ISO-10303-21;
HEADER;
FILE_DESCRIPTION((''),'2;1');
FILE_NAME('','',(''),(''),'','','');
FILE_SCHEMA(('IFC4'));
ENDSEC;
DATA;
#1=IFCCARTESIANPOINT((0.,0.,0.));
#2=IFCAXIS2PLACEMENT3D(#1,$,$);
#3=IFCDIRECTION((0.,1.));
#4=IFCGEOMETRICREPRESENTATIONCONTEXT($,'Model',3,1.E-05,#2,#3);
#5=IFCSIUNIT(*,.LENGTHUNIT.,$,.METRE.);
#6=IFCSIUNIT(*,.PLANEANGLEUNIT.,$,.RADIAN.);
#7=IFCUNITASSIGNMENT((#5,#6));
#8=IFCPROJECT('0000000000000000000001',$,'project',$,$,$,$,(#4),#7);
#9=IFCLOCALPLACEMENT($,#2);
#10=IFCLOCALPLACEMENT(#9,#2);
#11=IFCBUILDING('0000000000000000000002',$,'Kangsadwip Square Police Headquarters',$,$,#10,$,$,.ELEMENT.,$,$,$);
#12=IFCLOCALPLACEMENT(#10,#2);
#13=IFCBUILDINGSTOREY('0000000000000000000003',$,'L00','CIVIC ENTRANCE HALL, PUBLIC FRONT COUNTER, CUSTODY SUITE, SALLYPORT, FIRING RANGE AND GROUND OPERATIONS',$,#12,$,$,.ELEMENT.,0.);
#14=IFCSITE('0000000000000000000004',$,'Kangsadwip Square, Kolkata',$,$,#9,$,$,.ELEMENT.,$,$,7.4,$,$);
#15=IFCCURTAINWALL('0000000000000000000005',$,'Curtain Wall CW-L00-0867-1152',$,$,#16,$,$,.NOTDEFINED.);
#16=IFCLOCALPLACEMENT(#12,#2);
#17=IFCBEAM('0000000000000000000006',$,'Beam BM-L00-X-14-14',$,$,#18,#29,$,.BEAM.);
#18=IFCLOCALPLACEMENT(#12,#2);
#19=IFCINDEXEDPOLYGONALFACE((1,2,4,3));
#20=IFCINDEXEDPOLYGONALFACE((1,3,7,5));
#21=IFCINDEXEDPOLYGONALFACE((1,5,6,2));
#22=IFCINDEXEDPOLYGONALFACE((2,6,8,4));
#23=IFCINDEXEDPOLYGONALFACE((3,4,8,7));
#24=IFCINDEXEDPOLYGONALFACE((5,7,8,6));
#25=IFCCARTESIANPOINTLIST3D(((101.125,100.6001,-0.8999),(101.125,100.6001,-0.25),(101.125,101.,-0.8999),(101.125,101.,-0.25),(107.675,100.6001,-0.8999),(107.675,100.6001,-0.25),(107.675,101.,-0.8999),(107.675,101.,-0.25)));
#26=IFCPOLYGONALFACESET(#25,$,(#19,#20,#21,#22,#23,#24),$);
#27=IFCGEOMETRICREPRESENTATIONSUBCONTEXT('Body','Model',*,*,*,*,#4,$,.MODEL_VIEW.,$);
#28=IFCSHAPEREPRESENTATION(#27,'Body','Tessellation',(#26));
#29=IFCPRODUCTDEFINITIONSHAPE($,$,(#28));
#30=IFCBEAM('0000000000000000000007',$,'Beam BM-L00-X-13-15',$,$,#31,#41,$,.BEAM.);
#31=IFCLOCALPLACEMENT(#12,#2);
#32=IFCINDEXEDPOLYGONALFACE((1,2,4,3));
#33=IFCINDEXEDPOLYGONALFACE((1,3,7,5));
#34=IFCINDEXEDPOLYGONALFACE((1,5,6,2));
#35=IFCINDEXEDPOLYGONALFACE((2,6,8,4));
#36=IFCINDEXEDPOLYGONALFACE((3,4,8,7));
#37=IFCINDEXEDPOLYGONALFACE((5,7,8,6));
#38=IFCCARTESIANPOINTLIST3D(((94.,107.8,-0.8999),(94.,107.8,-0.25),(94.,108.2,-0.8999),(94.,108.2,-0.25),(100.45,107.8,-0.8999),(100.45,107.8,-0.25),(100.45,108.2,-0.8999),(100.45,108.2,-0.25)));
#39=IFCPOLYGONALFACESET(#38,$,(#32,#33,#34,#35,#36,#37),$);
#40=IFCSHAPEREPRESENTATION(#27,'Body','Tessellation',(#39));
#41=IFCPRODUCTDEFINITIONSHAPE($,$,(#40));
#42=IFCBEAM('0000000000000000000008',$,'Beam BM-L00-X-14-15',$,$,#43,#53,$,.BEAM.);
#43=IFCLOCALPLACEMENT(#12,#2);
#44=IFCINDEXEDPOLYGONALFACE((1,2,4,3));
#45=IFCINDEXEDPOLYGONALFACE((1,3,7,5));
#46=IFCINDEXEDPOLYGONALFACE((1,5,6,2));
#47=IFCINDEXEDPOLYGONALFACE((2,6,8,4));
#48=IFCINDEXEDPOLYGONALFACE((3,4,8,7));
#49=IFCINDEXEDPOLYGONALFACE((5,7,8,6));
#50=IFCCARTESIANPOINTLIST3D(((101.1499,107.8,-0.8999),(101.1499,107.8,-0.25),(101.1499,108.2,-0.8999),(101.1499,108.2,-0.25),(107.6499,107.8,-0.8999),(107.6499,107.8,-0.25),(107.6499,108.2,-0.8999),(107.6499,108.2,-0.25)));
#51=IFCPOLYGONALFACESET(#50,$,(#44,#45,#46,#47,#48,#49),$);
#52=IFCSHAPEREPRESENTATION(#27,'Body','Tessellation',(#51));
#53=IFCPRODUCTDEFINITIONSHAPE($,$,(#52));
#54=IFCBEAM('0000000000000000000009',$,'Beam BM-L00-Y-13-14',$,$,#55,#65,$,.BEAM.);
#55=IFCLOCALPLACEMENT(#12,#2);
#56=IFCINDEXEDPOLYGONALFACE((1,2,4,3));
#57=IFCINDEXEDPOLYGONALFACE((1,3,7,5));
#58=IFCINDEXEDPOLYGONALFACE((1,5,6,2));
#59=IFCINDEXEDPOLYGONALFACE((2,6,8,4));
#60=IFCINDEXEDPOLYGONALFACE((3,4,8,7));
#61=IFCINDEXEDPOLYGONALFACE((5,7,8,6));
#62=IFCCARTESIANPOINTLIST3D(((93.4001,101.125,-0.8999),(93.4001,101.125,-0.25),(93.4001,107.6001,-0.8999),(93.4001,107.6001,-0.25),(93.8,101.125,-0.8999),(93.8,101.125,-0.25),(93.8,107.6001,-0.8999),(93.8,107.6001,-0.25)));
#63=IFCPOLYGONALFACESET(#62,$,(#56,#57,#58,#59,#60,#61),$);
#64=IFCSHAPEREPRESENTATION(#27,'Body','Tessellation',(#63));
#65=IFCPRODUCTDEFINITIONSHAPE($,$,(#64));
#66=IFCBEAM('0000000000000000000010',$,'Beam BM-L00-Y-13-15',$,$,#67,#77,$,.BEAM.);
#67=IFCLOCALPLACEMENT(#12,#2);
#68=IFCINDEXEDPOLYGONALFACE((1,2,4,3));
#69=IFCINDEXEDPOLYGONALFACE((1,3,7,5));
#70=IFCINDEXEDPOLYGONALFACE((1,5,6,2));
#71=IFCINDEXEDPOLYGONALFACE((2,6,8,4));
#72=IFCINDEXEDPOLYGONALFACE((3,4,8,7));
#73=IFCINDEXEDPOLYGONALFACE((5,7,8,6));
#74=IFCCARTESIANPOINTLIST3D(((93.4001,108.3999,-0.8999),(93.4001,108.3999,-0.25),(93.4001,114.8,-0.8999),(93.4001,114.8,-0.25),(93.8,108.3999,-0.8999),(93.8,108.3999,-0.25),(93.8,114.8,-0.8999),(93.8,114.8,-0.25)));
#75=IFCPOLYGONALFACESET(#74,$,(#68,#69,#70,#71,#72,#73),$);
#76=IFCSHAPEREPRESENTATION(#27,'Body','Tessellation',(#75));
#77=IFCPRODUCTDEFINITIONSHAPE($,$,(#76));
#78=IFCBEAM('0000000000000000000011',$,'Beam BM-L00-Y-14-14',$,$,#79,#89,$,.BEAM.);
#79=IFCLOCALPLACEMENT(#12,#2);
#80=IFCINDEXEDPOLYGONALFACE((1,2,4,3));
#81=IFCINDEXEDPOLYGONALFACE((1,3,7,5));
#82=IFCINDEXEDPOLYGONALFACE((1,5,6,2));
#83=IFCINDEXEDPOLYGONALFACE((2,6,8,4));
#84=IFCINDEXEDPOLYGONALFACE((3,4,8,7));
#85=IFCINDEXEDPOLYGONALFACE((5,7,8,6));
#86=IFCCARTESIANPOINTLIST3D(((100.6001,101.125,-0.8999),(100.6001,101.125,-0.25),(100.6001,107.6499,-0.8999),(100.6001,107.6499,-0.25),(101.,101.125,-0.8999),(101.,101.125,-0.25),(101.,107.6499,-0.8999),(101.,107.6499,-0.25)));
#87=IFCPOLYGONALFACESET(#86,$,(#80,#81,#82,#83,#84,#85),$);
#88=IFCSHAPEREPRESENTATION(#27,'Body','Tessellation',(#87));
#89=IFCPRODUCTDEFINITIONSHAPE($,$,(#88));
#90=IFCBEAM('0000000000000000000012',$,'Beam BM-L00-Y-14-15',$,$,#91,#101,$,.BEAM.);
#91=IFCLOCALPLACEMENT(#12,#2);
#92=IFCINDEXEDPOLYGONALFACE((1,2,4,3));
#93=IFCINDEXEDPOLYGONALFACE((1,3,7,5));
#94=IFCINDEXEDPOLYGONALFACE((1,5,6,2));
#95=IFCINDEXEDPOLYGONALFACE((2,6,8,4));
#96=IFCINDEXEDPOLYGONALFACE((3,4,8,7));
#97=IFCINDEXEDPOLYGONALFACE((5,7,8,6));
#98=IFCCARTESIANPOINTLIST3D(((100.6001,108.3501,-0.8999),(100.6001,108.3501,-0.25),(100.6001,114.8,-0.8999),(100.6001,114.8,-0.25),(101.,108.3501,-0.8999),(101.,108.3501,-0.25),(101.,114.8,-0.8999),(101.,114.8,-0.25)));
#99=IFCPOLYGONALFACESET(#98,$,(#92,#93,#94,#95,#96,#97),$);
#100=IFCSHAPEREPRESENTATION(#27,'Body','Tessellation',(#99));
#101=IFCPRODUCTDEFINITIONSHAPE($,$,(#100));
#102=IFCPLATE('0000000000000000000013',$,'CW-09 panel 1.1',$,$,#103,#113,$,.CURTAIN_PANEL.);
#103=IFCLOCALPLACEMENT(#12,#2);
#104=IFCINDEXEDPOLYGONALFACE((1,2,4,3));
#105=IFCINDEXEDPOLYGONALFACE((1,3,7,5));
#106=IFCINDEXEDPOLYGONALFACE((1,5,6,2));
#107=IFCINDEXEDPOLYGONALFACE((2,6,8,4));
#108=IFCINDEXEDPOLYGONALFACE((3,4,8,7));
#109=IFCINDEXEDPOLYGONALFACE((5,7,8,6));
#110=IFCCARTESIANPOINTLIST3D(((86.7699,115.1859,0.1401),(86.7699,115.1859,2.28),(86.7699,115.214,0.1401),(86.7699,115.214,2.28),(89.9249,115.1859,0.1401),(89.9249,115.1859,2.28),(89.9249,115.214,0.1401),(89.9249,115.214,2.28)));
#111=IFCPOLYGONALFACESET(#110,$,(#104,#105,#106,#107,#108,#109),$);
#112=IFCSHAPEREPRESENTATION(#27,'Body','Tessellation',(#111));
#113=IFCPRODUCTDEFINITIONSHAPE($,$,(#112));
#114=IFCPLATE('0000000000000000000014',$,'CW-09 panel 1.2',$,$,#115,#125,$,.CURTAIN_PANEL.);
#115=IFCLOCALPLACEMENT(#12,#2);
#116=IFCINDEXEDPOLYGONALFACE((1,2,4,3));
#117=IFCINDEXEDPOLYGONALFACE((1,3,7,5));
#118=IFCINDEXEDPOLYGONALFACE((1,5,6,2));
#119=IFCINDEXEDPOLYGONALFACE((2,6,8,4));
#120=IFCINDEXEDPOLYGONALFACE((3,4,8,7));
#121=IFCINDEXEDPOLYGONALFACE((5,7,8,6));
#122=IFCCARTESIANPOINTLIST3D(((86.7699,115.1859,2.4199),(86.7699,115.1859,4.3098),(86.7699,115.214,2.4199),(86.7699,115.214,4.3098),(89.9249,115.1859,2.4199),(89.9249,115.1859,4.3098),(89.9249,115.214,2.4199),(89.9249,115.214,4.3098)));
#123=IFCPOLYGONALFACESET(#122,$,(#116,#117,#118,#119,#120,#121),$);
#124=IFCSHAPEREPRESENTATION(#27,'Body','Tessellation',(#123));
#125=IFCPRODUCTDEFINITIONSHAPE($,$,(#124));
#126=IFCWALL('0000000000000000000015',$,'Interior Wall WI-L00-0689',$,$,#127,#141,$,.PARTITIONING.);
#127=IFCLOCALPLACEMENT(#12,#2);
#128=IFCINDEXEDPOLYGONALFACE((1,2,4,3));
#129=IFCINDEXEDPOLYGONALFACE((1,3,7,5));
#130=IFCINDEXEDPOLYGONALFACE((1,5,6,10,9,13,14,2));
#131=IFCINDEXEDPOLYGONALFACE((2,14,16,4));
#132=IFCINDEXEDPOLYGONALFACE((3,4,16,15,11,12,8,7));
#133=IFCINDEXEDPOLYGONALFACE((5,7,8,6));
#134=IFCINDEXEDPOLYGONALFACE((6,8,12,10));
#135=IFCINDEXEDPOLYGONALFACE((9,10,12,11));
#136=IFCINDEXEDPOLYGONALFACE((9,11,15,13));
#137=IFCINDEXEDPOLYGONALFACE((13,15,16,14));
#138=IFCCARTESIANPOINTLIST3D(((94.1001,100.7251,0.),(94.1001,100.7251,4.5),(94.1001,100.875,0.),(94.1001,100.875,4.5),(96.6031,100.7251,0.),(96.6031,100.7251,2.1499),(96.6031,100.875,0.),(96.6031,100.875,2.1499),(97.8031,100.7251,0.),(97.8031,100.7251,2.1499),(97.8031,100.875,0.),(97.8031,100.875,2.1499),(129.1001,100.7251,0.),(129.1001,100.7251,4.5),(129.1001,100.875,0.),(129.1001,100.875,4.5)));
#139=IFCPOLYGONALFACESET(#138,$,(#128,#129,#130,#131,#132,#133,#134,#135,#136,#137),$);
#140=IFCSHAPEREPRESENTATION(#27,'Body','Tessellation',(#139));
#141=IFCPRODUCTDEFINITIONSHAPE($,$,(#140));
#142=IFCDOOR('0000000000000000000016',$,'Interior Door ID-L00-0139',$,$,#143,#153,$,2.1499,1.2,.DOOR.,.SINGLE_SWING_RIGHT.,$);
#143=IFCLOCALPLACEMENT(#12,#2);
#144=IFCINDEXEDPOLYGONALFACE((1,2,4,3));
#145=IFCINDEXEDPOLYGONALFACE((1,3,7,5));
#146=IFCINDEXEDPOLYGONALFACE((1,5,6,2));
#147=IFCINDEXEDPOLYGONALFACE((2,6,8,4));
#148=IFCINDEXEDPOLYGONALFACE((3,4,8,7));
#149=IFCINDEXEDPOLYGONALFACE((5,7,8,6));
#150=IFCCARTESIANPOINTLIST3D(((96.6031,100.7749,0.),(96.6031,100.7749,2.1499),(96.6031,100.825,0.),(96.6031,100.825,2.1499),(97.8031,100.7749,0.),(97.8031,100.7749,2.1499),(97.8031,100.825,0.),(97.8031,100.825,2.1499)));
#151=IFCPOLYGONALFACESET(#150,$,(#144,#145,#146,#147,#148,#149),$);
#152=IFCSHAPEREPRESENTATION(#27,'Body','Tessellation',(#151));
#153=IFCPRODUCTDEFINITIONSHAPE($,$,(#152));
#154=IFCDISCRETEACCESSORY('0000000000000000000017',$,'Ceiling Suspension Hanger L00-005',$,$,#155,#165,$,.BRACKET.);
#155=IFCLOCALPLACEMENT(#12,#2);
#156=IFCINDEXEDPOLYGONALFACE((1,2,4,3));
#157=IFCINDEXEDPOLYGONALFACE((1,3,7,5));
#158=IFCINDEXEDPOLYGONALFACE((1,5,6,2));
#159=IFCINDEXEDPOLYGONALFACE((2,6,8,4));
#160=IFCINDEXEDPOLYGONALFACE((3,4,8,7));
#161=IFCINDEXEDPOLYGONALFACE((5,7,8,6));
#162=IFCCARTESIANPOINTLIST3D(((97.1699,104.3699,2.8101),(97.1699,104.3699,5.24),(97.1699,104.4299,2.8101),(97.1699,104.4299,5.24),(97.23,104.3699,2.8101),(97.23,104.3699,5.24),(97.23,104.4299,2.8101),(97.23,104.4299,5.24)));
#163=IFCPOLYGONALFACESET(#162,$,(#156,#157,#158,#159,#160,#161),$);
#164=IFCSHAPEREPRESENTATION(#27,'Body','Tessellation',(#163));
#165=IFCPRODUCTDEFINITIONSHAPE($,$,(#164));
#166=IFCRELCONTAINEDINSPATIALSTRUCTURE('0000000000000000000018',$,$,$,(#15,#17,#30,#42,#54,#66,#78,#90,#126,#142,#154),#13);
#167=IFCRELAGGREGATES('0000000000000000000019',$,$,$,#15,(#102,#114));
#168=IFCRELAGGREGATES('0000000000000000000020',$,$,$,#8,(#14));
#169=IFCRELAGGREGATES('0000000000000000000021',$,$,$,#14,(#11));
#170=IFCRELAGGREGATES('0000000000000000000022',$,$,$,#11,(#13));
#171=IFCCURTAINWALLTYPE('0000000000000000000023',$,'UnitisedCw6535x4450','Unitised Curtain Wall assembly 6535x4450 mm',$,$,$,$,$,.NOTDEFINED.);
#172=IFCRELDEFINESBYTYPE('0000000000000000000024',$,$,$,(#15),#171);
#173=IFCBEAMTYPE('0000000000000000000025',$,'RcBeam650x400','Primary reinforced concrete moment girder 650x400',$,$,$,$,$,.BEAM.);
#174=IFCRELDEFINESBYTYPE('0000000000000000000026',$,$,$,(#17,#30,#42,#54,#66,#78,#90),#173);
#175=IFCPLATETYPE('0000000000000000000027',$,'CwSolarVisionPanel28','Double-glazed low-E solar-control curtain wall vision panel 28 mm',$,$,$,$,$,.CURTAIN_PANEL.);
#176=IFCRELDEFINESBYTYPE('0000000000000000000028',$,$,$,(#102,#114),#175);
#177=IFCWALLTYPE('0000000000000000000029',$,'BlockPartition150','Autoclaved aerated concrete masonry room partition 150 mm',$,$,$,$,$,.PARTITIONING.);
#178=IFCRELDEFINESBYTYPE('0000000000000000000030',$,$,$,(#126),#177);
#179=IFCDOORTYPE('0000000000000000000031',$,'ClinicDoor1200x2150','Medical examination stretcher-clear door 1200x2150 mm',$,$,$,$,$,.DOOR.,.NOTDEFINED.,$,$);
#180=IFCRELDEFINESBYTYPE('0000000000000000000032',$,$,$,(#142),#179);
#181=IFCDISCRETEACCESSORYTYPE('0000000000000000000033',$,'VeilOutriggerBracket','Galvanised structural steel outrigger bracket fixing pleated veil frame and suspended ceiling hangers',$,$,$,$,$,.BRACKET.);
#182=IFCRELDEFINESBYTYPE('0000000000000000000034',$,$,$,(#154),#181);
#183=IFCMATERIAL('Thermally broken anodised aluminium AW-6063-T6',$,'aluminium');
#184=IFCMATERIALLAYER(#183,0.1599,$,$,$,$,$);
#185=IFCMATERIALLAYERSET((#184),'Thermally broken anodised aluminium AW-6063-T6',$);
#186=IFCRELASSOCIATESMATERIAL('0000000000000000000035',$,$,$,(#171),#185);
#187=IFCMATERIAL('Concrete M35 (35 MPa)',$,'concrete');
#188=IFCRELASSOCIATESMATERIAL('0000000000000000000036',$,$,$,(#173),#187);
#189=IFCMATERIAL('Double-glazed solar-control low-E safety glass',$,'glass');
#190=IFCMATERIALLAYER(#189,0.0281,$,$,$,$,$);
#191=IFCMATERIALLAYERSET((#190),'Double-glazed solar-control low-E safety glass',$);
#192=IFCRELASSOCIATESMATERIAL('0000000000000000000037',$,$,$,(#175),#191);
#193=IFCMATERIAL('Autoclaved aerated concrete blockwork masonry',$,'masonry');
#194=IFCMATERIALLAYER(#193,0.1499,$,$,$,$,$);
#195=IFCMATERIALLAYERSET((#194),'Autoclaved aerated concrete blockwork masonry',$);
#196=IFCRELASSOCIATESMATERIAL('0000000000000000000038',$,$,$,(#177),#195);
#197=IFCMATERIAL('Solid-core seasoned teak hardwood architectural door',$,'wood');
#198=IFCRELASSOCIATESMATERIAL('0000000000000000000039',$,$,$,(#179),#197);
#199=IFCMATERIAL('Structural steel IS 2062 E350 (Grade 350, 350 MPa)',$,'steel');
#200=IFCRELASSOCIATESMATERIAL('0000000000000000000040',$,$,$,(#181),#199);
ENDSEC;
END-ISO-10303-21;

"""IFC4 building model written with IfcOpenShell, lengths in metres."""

from ifc_helpers import new_model, si_unit, direction, frame, frame_2d, origin, origin_2d, place, context, subcontext, project, spatial, rectangle, extrude, material, layer, layer_set, material_profile, profile_set, type_object, element, fill, aggregate, save


model = new_model("IFC4")

# Units and contexts
model_context = context("Model", 3, precision=1e-05, world=origin(), true_north=direction((0.0, 1.0)))
body_context = subcontext(model_context, "Body", "Model", "MODEL_VIEW")
ifc_project = project(units=[si_unit("LENGTHUNIT", "METRE"), si_unit("PLANEANGLEUNIT", "RADIAN")], contexts=[model_context])

# Site, building, storey
site_placement = place(None, origin())
site = spatial("IfcSite", under=ifc_project, at=site_placement, Name="Kangsadwip Square, Kolkata", CompositionType="ELEMENT", RefElevation=7.4)
building_placement = place(site_placement, origin())
building = spatial("IfcBuilding", under=site, at=building_placement, Name="Kangsadwip Square Police Headquarters", CompositionType="ELEMENT")
storey_placement = place(building_placement, origin())
storey = spatial("IfcBuildingStorey", under=building, at=storey_placement, Name="L00", Description="CIVIC ENTRANCE HALL, PUBLIC FRONT COUNTER, CUSTODY SUITE, SALLYPORT, FIRING RANGE AND GROUND OPERATIONS", CompositionType="ELEMENT", Elevation=0.0)

# Curtain wall
ifc_material_1 = material(Name="Thermally broken anodised aluminium AW-6063-T6", Category="aluminium")
ifc_layer_1 = layer(ifc_material_1, 0.1599)
ifc_layer_set_1 = layer_set([ifc_layer_1], Name="Thermally broken anodised aluminium AW-6063-T6")
curtain_wall_type = type_object("IfcCurtainWallType", Name="UnitisedCw6535x4450", Description="Unitised Curtain Wall assembly 6535x4450 mm", PredefinedType="NOTDEFINED", material=ifc_layer_set_1)
curtain_wall_placement = place(storey_placement, origin())
curtain_wall = element("IfcCurtainWall", 1, at=curtain_wall_placement, inside=storey, type_object=curtain_wall_type, Name="Curtain Wall CW-L00-0867-1152", PredefinedType="NOTDEFINED")

# Beams
ifc_material_2 = material(Name="Concrete M35 (35 MPa)", Category="concrete")
ifc_material_profile_1 = material_profile(ifc_material_2, rectangle(XDim=0.3999, YDim=0.6499, at=origin_2d()), Name="RC BM 650X400")
ifc_profile_set_1 = profile_set([ifc_material_profile_1], Name="Concrete M35 (35 MPa)")
beam_type = type_object("IfcBeamType", Name="RcBeam650x400", Description="Primary reinforced concrete moment girder 650x400", PredefinedType="BEAM", material=ifc_profile_set_1)
for number, where, z_axis, x_axis, name in (
    (2, (101.125, 100.8, -0.575), (1.0, 0.0, 0.0), (0.0, 1.0, 0.0), "Beam BM-L00-X-14-14"),
):
    element("IfcBeam", number, at=place(storey_placement, frame(where, z_axis=z_axis, x_axis=x_axis)), inside=storey, type_object=beam_type, Name=name, PredefinedType="BEAM", context=body_context, shape_type="SweptSolid", body=[
        extrude(rectangle(XDim=0.3999, YDim=0.6499, at=origin_2d()), origin(), (0.0, 0.0, 1.0), 6.55),
    ])
beam_1_placement = place(storey_placement, frame((94.0, 108.0, -0.575), z_axis=(1.0, 0.0, 0.0), x_axis=(0.0, 1.0, 0.0)))
element("IfcBeam", 3, at=beam_1_placement, inside=storey, type_object=beam_type, Name="Beam BM-L00-X-13-15", PredefinedType="BEAM", context=body_context, shape_type="SweptSolid", body=[
    extrude(rectangle(XDim=0.3999, YDim=0.6499, at=origin_2d()), origin(), (0.0, 0.0, 1.0), 6.45),
])
beam_2_placement = place(storey_placement, frame((101.1499, 108.0, -0.575), z_axis=(1.0, 0.0, 0.0), x_axis=(0.0, 1.0, 0.0)))
element("IfcBeam", 4, at=beam_2_placement, inside=storey, type_object=beam_type, Name="Beam BM-L00-X-14-15", PredefinedType="BEAM", context=body_context, shape_type="SweptSolid", body=[
    extrude(rectangle(XDim=0.3999, YDim=0.6499, at=origin_2d()), origin(), (0.0, 0.0, 1.0), 6.5),
])
beam_3_placement = place(storey_placement, frame((93.6001, 101.125, -0.575), z_axis=(0.0, 1.0, 0.0), x_axis=(-1.0, 0.0, 0.0)))
element("IfcBeam", 5, at=beam_3_placement, inside=storey, type_object=beam_type, Name="Beam BM-L00-Y-13-14", PredefinedType="BEAM", context=body_context, shape_type="SweptSolid", body=[
    extrude(rectangle(XDim=0.3999, YDim=0.6499, at=origin_2d()), origin(), (0.0, 0.0, 1.0), 6.4751),
])
beam_4_placement = place(storey_placement, frame((93.6001, 108.3999, -0.575), z_axis=(0.0, 1.0, 0.0), x_axis=(-1.0, 0.0, 0.0)))
element("IfcBeam", 6, at=beam_4_placement, inside=storey, type_object=beam_type, Name="Beam BM-L00-Y-13-15", PredefinedType="BEAM", context=body_context, shape_type="SweptSolid", body=[
    extrude(rectangle(XDim=0.3999, YDim=0.6499, at=origin_2d()), origin(), (0.0, 0.0, 1.0), 6.4001),
])
beam_5_placement = place(storey_placement, frame((100.8, 101.125, -0.575), z_axis=(0.0, 1.0, 0.0), x_axis=(-1.0, 0.0, 0.0)))
element("IfcBeam", 7, at=beam_5_placement, inside=storey, type_object=beam_type, Name="Beam BM-L00-Y-14-14", PredefinedType="BEAM", context=body_context, shape_type="SweptSolid", body=[
    extrude(rectangle(XDim=0.3999, YDim=0.6499, at=origin_2d()), origin(), (0.0, 0.0, 1.0), 6.5249),
])
beam_6_placement = place(storey_placement, frame((100.8, 108.3501, -0.575), z_axis=(0.0, 1.0, 0.0), x_axis=(-1.0, 0.0, 0.0)))
element("IfcBeam", 8, at=beam_6_placement, inside=storey, type_object=beam_type, Name="Beam BM-L00-Y-14-15", PredefinedType="BEAM", context=body_context, shape_type="SweptSolid", body=[
    extrude(rectangle(XDim=0.3999, YDim=0.6499, at=origin_2d()), origin(), (0.0, 0.0, 1.0), 6.45),
])

# Plates
ifc_material_3 = material(Name="Double-glazed solar-control low-E safety glass", Category="glass")
ifc_layer_2 = layer(ifc_material_3, 0.0281)
ifc_layer_set_2 = layer_set([ifc_layer_2], Name="Double-glazed solar-control low-E safety glass")
plate_type = type_object("IfcPlateType", Name="CwSolarVisionPanel28", Description="Double-glazed low-E solar-control curtain wall vision panel 28 mm", PredefinedType="CURTAIN_PANEL", material=ifc_layer_set_2)
plate_1_placement = place(storey_placement, frame((88.3474, 115.2, 0.1401), z_axis=(0.0, 0.0, 1.0), x_axis=(1.0, 0.0, 0.0)))
plate_1 = element("IfcPlate", 9, at=plate_1_placement, type_object=plate_type, Name="CW-09 panel 1.1", PredefinedType="CURTAIN_PANEL", context=body_context, shape_type="SweptSolid", body=[
    extrude(rectangle(XDim=3.155, YDim=0.0281, at=origin_2d()), origin(), (0.0, 0.0, 1.0), 2.1399),
])
plate_2_placement = place(storey_placement, frame((88.3474, 115.2, 2.4199), z_axis=(0.0, 0.0, 1.0), x_axis=(1.0, 0.0, 0.0)))
plate_2 = element("IfcPlate", 10, at=plate_2_placement, type_object=plate_type, Name="CW-09 panel 1.2", PredefinedType="CURTAIN_PANEL", context=body_context, shape_type="SweptSolid", body=[
    extrude(rectangle(XDim=3.155, YDim=0.0281, at=origin_2d()), origin(), (0.0, 0.0, 1.0), 1.8899),
])
aggregate(curtain_wall, [plate_1, plate_2])

# Wall, opening, door
ifc_material_4 = material(Name="Autoclaved aerated concrete blockwork masonry", Category="masonry")
ifc_layer_3 = layer(ifc_material_4, 0.1499)
ifc_layer_set_3 = layer_set([ifc_layer_3], Name="Autoclaved aerated concrete blockwork masonry")
wall_type = type_object("IfcWallType", Name="BlockPartition150", Description="Autoclaved aerated concrete masonry room partition 150 mm", PredefinedType="PARTITIONING", material=ifc_layer_set_3)
wall_placement = place(storey_placement, frame((94.1001, 100.8, 0.0), z_axis=(0.0, 0.0, 1.0), x_axis=(1.0, 0.0, 0.0)))
wall = element("IfcWall", 11, at=wall_placement, inside=storey, type_object=wall_type, Name="Interior Wall WI-L00-0689", PredefinedType="PARTITIONING", context=body_context, shape_type="SweptSolid", body=[
    extrude(rectangle(XDim=35.0, YDim=0.1499, at=frame_2d((17.5, 0.0))), origin(), (0.0, 0.0, 1.0), 4.5),
])
opening_placement = place(wall_placement, frame((2.5029, 0.0, 0.0)))
opening = element("IfcOpeningElement", 12, at=opening_placement, cuts=wall, PredefinedType="OPENING", context=body_context, shape_type="SweptSolid", body=[
    extrude(rectangle(XDim=1.2, YDim=2.1499, at=frame_2d((0.6001, 1.075))), frame((0.0, 0.085, 0.0), z_axis=(0.0, -1.0, 0.0), x_axis=(1.0, 0.0, 0.0)), (0.0, 0.0, 1.0), 0.1699),
])
ifc_material_5 = material(Name="Solid-core seasoned teak hardwood architectural door", Category="wood")
door_type = type_object("IfcDoorType", Name="ClinicDoor1200x2150", Description="Medical examination stretcher-clear door 1200x2150 mm", OperationType="NOTDEFINED", PredefinedType="DOOR", material=ifc_material_5)
door_placement = place(opening_placement, origin())
door = element("IfcDoor", 13, at=door_placement, inside=storey, type_object=door_type, Name="Interior Door ID-L00-0139", OperationType="SINGLE_SWING_RIGHT", OverallHeight=2.1499, OverallWidth=1.2, PredefinedType="DOOR", context=body_context, shape_type="SweptSolid", body=[
    extrude(rectangle(XDim=1.2, YDim=2.1499, at=frame_2d((0.6001, 1.075))), frame((0.0, 0.0249, 0.0), z_axis=(0.0, -1.0, 0.0), x_axis=(1.0, 0.0, 0.0)), (0.0, 0.0, 1.0), 0.05),
])
fill(opening, door)

# Discrete accessory
ifc_material_6 = material(Name="Structural steel IS 2062 E350 (Grade 350, 350 MPa)", Category="steel")
discrete_accessory_type = type_object("IfcDiscreteAccessoryType", Name="VeilOutriggerBracket", Description="Galvanised structural steel outrigger bracket fixing pleated veil frame and suspended ceiling hangers", PredefinedType="BRACKET", material=ifc_material_6)
discrete_accessory_placement = place(storey_placement, frame((97.2, 104.3999, 2.8101), z_axis=(0.0, 0.0, 1.0), x_axis=(1.0, 0.0, 0.0)))
element("IfcDiscreteAccessory", 14, at=discrete_accessory_placement, inside=storey, type_object=discrete_accessory_type, Name="Ceiling Suspension Hanger L00-005", PredefinedType="BRACKET", context=body_context, shape_type="SweptSolid", body=[
    extrude(rectangle(XDim=0.0601, YDim=0.0601, at=origin_2d()), origin(), (0.0, 0.0, 1.0), 2.4299),
])

save(model, "model.ifc")
